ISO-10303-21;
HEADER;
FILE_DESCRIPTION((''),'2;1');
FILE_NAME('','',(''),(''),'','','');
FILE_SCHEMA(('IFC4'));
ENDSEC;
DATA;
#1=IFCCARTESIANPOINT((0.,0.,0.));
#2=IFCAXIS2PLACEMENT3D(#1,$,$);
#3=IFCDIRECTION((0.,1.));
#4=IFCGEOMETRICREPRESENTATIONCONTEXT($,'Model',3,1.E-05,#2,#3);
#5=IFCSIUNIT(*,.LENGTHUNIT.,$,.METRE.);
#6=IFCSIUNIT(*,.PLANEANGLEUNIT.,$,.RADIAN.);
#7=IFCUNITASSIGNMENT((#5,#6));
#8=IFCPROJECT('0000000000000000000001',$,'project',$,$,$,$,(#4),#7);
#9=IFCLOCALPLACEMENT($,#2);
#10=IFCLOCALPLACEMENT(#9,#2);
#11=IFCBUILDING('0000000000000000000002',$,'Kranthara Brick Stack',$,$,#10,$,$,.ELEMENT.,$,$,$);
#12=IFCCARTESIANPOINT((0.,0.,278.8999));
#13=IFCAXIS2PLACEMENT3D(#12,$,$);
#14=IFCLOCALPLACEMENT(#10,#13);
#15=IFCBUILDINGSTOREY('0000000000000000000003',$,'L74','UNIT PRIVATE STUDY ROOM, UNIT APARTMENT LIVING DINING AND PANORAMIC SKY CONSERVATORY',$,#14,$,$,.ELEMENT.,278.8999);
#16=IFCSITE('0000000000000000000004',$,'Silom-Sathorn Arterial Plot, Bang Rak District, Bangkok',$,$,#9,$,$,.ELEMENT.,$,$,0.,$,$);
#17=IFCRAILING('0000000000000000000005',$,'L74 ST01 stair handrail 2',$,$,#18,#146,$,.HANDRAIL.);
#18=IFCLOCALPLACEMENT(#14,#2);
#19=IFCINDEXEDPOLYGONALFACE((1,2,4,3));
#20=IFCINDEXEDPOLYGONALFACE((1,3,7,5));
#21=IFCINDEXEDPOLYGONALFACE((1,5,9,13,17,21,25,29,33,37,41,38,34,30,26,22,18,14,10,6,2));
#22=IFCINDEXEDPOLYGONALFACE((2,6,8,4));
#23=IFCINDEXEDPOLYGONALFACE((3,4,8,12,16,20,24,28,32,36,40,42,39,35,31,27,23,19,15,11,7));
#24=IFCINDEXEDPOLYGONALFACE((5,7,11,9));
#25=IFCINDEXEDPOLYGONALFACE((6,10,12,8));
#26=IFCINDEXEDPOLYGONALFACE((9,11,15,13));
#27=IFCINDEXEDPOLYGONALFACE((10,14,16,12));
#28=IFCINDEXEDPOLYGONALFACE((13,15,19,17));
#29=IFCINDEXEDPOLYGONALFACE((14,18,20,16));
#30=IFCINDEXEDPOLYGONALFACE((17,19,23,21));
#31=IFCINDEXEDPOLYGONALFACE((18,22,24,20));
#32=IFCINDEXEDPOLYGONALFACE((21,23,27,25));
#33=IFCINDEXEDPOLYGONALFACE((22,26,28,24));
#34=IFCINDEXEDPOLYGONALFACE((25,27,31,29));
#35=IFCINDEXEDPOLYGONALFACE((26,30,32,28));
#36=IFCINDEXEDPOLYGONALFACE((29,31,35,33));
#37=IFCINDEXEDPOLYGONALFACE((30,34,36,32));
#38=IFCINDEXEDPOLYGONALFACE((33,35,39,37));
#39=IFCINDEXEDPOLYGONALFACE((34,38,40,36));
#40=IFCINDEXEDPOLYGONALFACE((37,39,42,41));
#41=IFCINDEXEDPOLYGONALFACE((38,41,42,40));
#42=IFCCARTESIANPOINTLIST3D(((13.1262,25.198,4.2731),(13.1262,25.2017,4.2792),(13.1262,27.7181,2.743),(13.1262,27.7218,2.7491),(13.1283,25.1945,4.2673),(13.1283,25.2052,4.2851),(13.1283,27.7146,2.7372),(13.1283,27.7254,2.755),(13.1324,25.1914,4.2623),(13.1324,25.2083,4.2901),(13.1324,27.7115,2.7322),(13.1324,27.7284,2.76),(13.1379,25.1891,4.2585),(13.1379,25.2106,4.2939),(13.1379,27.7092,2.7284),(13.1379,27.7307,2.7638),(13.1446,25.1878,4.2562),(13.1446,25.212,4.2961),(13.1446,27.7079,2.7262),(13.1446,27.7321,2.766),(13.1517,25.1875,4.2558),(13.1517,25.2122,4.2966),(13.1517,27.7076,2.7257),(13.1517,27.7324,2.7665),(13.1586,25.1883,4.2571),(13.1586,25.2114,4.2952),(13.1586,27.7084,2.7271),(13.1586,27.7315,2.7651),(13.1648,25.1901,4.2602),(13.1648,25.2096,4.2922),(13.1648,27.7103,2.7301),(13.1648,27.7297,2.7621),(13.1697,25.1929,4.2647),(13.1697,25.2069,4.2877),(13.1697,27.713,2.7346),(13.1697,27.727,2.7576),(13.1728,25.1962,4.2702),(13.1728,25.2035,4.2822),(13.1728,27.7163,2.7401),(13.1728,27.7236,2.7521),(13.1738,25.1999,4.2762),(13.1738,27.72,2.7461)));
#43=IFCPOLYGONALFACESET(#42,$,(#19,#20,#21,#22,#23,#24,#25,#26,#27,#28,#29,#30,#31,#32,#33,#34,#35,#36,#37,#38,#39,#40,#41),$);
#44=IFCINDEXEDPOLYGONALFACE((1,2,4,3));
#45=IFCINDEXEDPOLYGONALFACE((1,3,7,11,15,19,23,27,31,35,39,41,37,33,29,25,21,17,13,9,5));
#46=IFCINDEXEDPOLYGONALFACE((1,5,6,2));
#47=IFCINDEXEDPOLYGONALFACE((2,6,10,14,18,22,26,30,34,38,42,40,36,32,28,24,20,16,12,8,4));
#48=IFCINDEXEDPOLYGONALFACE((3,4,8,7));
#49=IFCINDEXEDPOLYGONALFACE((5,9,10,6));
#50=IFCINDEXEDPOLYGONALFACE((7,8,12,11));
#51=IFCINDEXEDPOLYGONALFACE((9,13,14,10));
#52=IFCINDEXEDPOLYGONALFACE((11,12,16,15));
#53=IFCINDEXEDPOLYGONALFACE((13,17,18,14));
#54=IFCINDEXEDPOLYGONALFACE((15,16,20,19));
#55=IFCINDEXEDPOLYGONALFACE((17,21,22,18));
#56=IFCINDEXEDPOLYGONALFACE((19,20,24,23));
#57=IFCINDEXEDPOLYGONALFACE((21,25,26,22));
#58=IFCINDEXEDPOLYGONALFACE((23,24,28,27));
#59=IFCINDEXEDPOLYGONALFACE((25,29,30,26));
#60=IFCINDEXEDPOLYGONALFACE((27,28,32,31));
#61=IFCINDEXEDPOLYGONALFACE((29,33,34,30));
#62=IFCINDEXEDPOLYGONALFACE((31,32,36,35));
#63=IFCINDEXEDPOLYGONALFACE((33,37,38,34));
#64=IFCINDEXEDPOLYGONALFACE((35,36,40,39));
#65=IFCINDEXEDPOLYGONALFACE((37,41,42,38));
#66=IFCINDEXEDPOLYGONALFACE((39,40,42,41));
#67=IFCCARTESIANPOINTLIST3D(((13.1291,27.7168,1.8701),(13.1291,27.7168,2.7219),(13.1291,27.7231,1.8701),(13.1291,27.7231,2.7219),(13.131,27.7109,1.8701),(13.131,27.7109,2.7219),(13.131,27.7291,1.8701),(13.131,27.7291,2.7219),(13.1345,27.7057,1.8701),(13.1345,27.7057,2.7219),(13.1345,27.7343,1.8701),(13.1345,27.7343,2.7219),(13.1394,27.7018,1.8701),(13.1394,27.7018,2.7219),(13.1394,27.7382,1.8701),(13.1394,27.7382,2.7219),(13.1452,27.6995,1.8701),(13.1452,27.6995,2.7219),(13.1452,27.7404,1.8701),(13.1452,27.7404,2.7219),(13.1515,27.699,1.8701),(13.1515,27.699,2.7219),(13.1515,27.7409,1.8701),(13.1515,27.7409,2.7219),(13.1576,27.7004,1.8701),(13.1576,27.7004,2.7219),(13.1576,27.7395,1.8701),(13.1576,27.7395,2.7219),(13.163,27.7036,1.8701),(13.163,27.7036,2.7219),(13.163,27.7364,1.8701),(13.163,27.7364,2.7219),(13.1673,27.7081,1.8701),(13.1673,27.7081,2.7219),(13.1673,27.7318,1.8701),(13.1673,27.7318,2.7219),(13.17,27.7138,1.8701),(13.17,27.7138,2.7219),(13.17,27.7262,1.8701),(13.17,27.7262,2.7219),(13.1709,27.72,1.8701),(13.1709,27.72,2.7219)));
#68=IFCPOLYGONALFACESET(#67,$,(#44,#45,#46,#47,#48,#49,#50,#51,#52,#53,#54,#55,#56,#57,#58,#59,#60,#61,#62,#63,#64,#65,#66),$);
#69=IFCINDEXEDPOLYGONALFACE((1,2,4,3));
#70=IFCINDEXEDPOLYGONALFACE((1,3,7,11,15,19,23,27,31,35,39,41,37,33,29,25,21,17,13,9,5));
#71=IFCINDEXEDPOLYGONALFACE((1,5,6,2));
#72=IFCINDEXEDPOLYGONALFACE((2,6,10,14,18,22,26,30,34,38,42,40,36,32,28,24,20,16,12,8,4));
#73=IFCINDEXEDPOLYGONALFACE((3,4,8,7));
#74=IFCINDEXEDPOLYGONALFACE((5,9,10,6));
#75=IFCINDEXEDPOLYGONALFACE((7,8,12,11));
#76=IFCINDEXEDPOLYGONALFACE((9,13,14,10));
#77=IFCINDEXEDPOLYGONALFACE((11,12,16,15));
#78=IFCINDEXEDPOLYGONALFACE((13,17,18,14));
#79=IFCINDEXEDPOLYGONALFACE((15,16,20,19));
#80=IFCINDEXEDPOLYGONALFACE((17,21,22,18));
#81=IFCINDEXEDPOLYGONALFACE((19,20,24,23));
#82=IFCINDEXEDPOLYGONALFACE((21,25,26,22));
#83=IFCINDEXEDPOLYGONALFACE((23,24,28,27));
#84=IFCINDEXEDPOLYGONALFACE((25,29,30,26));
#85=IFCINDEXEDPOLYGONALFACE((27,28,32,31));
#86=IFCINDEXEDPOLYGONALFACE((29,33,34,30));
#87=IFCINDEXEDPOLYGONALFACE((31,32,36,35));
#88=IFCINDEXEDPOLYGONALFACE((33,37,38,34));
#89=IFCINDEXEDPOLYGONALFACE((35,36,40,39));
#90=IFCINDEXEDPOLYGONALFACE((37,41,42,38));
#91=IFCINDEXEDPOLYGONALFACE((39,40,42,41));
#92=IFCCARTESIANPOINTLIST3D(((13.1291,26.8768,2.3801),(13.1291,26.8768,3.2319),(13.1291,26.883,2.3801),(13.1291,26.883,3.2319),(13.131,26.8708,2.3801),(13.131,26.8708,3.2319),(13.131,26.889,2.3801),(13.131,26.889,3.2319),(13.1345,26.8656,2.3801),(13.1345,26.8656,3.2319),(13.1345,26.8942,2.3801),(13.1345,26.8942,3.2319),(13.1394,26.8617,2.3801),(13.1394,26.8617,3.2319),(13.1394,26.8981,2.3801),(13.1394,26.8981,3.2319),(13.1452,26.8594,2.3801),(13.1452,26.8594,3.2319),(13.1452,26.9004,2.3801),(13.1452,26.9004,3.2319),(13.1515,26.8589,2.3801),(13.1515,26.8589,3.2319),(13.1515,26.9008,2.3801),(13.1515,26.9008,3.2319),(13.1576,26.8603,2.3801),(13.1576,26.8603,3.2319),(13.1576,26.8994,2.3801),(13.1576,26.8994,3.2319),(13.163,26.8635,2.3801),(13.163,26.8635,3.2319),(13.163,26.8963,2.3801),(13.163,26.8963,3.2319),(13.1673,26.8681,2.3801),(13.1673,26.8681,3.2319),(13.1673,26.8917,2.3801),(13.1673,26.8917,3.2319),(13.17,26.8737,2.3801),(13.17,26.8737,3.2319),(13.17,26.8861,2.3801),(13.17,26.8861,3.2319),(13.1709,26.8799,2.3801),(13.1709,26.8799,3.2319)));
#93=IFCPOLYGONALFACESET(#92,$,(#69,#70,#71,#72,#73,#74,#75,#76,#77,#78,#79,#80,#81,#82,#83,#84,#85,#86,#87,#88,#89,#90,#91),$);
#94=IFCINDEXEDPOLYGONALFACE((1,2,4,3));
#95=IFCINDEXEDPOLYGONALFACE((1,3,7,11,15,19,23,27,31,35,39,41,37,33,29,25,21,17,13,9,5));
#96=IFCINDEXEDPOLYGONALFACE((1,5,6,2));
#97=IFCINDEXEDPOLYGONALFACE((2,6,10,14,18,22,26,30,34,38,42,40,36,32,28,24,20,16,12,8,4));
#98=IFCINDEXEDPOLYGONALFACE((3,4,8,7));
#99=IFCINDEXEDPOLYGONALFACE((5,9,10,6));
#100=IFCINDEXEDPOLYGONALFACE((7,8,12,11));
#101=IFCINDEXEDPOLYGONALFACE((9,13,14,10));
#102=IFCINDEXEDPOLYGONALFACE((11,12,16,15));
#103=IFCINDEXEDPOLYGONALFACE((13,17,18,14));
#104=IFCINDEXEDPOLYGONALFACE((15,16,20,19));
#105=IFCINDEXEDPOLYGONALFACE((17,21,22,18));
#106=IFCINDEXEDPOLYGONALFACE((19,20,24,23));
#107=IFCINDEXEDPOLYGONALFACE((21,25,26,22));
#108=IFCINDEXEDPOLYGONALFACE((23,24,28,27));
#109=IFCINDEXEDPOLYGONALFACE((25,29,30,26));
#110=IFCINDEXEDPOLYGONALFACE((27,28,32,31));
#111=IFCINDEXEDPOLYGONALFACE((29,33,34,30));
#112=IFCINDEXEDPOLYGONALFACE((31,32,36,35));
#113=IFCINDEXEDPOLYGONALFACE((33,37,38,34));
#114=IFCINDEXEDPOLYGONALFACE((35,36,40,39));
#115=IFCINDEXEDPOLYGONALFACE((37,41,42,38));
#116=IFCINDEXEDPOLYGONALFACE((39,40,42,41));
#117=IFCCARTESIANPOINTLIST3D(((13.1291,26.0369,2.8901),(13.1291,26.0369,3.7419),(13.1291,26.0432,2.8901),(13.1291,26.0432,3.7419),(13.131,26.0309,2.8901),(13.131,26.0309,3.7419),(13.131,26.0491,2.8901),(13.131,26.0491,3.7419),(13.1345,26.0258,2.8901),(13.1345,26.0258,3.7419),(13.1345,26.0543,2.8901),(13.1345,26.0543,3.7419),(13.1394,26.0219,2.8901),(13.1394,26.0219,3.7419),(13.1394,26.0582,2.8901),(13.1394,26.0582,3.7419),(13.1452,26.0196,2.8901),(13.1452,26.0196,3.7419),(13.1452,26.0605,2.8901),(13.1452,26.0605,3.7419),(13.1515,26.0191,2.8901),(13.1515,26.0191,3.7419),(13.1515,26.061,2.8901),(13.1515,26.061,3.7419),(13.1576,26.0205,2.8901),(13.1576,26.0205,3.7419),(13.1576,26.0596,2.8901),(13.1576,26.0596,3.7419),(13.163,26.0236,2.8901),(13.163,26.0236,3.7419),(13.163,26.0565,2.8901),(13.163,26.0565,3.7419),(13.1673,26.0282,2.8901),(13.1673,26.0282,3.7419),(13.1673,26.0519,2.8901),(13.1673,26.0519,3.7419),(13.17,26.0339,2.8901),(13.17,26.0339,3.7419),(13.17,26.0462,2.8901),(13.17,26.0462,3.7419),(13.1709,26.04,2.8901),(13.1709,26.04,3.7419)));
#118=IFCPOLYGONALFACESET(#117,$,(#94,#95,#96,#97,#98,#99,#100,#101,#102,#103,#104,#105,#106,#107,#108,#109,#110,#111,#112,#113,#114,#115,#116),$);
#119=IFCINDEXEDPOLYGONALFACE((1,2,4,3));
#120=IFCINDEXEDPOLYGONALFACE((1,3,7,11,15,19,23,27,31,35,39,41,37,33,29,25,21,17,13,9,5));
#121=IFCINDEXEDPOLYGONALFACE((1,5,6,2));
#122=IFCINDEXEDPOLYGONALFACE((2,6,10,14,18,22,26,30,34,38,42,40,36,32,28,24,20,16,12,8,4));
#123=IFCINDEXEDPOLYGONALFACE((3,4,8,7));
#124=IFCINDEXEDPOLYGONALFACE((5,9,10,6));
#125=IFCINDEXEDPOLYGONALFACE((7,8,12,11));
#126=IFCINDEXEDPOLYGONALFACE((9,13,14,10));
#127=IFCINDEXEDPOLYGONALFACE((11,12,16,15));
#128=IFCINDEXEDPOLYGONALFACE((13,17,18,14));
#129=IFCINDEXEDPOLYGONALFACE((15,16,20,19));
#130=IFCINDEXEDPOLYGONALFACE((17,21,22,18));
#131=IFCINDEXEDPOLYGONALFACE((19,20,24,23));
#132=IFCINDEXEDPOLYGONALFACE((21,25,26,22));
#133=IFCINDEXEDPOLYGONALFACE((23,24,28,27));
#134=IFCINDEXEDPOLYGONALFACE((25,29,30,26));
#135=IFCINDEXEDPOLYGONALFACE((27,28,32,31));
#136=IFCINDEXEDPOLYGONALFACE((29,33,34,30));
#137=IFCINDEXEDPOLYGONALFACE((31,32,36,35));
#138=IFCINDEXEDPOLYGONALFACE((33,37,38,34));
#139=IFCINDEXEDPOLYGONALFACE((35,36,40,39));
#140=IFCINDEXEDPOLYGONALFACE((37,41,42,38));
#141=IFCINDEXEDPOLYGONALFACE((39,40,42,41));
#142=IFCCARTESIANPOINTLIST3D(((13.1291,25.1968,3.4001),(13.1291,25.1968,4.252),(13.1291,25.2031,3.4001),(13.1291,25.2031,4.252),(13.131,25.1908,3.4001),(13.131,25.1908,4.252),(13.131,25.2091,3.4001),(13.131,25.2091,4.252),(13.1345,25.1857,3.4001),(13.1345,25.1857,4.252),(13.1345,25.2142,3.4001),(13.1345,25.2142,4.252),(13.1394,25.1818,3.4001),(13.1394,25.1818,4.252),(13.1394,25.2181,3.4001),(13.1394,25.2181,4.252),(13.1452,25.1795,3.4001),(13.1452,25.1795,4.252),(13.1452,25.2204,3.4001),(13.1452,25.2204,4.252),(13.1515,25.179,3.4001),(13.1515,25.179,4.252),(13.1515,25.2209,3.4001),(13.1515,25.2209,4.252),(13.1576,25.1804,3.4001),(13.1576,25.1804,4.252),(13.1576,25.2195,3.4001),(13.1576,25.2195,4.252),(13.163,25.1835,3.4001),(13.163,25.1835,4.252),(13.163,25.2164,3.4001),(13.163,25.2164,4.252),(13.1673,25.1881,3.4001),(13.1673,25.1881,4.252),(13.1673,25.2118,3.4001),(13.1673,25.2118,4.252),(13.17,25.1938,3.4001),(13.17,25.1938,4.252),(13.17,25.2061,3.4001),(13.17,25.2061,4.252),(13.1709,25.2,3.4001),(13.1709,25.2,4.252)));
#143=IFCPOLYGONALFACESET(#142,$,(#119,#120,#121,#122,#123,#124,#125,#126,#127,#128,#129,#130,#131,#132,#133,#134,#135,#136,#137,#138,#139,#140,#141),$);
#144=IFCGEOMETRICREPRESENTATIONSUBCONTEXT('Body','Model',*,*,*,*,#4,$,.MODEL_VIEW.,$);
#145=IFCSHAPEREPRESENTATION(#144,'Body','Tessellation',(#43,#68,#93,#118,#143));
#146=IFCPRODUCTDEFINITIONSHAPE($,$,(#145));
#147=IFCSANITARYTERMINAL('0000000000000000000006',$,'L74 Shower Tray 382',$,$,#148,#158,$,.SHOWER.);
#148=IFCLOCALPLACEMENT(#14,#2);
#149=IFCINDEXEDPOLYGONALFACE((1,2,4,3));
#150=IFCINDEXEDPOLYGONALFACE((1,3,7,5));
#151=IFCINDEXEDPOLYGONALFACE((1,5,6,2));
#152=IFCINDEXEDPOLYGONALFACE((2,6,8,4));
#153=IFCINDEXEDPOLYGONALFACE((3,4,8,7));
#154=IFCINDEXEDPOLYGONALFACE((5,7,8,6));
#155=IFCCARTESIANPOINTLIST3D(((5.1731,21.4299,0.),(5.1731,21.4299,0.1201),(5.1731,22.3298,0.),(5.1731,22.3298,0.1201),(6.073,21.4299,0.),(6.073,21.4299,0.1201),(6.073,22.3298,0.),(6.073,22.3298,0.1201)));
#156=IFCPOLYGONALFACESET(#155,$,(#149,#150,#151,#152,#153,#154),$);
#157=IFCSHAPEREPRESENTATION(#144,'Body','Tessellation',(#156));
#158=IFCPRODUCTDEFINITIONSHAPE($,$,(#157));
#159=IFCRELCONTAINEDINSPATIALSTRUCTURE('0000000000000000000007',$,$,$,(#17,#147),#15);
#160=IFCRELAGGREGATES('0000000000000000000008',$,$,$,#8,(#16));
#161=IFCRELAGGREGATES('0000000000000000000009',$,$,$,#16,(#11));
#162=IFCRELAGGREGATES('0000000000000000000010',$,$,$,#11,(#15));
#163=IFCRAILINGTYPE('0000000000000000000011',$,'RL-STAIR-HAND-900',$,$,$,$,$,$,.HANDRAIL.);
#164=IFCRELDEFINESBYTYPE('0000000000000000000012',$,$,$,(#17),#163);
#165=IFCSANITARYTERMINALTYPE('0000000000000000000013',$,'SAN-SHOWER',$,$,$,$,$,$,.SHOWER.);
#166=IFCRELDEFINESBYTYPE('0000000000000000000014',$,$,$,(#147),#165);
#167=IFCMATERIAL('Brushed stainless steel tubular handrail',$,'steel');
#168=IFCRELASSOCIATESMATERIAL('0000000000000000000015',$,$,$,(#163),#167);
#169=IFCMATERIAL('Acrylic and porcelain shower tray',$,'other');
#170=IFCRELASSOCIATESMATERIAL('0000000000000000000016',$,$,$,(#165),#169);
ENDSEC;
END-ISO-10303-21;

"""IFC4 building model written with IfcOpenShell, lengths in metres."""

from ifc_helpers import new_model, si_unit, direction, frame, origin, origin_2d, place, context, subcontext, project, spatial, rectangle, circle, extrude, material, type_object, element, save


model = new_model("IFC4")

# Units and contexts
model_context = context("Model", 3, precision=1e-05, world=origin(), true_north=direction((0.0, 1.0)))
body_context = subcontext(model_context, "Body", "Model", "MODEL_VIEW")
ifc_project = project(units=[si_unit("LENGTHUNIT", "METRE"), si_unit("PLANEANGLEUNIT", "RADIAN")], contexts=[model_context])

# Site, building, storey
site_placement = place(None, origin())
site = spatial("IfcSite", under=ifc_project, at=site_placement, Name="Silom-Sathorn Arterial Plot, Bang Rak District, Bangkok", CompositionType="ELEMENT", RefElevation=0.0)
building_placement = place(site_placement, origin())
building = spatial("IfcBuilding", under=site, at=building_placement, Name="Kranthara Brick Stack", CompositionType="ELEMENT")
storey_placement = place(building_placement, frame((0.0, 0.0, 278.8999)))
storey = spatial("IfcBuildingStorey", under=building, at=storey_placement, Name="L74", Description="UNIT PRIVATE STUDY ROOM, UNIT APARTMENT LIVING DINING AND PANORAMIC SKY CONSERVATORY", CompositionType="ELEMENT", Elevation=278.8999)

# Railing
ifc_material_1 = material(Name="Brushed stainless steel tubular handrail", Category="steel")
railing_type_1 = type_object("IfcRailingType", Name="RL-STAIR-HAND-900", PredefinedType="HANDRAIL", material=ifc_material_1)
railing_1_placement = place(storey_placement, frame((13.1499, 27.72, 1.8701)))
element("IfcRailing", 1, at=railing_1_placement, inside=storey, type_object=railing_type_1, Name="L74 ST01 stair handrail 2", PredefinedType="HANDRAIL", context=body_context, shape_type="SweptSolid", body=[
    extrude(circle(Radius=0.0239, at=origin_2d()), frame((0.0, 0.0, 0.876), z_axis=(0.0, -0.854785, 0.518982), x_axis=(1.0, 0.0, 0.0)), (0.0, 0.0, 1.0), 2.9482),
    extrude(circle(Radius=0.021, at=origin_2d()), origin(), (0.0, 0.0, 1.0), 0.8518),
    extrude(circle(Radius=0.021, at=origin_2d()), frame((0.0, -0.8401, 0.51)), (0.0, 0.0, 1.0), 0.8518),
    extrude(circle(Radius=0.021, at=origin_2d()), frame((0.0, -1.6799, 1.02)), (0.0, 0.0, 1.0), 0.8518),
    extrude(circle(Radius=0.021, at=origin_2d()), frame((0.0, -2.52, 1.53)), (0.0, 0.0, 1.0), 0.8518),
])

# Sanitary terminal
ifc_material_2 = material(Name="Acrylic and porcelain shower tray", Category="other")
sanitary_terminal_type = type_object("IfcSanitaryTerminalType", Name="SAN-SHOWER", PredefinedType="SHOWER", material=ifc_material_2)
sanitary_terminal_placement = place(storey_placement, frame((5.623, 21.8799, 0.0), z_axis=(0.0, 0.0, 1.0), x_axis=(1.0, 0.0, 0.0)))
element("IfcSanitaryTerminal", 2, at=sanitary_terminal_placement, inside=storey, type_object=sanitary_terminal_type, Name="L74 Shower Tray 382", PredefinedType="SHOWER", context=body_context, shape_type="SweptSolid", body=[
    extrude(rectangle(XDim=0.8999, YDim=0.8999, at=origin_2d()), origin(), (0.0, 0.0, 1.0), 0.1201),
])

save(model, "model.ifc")
